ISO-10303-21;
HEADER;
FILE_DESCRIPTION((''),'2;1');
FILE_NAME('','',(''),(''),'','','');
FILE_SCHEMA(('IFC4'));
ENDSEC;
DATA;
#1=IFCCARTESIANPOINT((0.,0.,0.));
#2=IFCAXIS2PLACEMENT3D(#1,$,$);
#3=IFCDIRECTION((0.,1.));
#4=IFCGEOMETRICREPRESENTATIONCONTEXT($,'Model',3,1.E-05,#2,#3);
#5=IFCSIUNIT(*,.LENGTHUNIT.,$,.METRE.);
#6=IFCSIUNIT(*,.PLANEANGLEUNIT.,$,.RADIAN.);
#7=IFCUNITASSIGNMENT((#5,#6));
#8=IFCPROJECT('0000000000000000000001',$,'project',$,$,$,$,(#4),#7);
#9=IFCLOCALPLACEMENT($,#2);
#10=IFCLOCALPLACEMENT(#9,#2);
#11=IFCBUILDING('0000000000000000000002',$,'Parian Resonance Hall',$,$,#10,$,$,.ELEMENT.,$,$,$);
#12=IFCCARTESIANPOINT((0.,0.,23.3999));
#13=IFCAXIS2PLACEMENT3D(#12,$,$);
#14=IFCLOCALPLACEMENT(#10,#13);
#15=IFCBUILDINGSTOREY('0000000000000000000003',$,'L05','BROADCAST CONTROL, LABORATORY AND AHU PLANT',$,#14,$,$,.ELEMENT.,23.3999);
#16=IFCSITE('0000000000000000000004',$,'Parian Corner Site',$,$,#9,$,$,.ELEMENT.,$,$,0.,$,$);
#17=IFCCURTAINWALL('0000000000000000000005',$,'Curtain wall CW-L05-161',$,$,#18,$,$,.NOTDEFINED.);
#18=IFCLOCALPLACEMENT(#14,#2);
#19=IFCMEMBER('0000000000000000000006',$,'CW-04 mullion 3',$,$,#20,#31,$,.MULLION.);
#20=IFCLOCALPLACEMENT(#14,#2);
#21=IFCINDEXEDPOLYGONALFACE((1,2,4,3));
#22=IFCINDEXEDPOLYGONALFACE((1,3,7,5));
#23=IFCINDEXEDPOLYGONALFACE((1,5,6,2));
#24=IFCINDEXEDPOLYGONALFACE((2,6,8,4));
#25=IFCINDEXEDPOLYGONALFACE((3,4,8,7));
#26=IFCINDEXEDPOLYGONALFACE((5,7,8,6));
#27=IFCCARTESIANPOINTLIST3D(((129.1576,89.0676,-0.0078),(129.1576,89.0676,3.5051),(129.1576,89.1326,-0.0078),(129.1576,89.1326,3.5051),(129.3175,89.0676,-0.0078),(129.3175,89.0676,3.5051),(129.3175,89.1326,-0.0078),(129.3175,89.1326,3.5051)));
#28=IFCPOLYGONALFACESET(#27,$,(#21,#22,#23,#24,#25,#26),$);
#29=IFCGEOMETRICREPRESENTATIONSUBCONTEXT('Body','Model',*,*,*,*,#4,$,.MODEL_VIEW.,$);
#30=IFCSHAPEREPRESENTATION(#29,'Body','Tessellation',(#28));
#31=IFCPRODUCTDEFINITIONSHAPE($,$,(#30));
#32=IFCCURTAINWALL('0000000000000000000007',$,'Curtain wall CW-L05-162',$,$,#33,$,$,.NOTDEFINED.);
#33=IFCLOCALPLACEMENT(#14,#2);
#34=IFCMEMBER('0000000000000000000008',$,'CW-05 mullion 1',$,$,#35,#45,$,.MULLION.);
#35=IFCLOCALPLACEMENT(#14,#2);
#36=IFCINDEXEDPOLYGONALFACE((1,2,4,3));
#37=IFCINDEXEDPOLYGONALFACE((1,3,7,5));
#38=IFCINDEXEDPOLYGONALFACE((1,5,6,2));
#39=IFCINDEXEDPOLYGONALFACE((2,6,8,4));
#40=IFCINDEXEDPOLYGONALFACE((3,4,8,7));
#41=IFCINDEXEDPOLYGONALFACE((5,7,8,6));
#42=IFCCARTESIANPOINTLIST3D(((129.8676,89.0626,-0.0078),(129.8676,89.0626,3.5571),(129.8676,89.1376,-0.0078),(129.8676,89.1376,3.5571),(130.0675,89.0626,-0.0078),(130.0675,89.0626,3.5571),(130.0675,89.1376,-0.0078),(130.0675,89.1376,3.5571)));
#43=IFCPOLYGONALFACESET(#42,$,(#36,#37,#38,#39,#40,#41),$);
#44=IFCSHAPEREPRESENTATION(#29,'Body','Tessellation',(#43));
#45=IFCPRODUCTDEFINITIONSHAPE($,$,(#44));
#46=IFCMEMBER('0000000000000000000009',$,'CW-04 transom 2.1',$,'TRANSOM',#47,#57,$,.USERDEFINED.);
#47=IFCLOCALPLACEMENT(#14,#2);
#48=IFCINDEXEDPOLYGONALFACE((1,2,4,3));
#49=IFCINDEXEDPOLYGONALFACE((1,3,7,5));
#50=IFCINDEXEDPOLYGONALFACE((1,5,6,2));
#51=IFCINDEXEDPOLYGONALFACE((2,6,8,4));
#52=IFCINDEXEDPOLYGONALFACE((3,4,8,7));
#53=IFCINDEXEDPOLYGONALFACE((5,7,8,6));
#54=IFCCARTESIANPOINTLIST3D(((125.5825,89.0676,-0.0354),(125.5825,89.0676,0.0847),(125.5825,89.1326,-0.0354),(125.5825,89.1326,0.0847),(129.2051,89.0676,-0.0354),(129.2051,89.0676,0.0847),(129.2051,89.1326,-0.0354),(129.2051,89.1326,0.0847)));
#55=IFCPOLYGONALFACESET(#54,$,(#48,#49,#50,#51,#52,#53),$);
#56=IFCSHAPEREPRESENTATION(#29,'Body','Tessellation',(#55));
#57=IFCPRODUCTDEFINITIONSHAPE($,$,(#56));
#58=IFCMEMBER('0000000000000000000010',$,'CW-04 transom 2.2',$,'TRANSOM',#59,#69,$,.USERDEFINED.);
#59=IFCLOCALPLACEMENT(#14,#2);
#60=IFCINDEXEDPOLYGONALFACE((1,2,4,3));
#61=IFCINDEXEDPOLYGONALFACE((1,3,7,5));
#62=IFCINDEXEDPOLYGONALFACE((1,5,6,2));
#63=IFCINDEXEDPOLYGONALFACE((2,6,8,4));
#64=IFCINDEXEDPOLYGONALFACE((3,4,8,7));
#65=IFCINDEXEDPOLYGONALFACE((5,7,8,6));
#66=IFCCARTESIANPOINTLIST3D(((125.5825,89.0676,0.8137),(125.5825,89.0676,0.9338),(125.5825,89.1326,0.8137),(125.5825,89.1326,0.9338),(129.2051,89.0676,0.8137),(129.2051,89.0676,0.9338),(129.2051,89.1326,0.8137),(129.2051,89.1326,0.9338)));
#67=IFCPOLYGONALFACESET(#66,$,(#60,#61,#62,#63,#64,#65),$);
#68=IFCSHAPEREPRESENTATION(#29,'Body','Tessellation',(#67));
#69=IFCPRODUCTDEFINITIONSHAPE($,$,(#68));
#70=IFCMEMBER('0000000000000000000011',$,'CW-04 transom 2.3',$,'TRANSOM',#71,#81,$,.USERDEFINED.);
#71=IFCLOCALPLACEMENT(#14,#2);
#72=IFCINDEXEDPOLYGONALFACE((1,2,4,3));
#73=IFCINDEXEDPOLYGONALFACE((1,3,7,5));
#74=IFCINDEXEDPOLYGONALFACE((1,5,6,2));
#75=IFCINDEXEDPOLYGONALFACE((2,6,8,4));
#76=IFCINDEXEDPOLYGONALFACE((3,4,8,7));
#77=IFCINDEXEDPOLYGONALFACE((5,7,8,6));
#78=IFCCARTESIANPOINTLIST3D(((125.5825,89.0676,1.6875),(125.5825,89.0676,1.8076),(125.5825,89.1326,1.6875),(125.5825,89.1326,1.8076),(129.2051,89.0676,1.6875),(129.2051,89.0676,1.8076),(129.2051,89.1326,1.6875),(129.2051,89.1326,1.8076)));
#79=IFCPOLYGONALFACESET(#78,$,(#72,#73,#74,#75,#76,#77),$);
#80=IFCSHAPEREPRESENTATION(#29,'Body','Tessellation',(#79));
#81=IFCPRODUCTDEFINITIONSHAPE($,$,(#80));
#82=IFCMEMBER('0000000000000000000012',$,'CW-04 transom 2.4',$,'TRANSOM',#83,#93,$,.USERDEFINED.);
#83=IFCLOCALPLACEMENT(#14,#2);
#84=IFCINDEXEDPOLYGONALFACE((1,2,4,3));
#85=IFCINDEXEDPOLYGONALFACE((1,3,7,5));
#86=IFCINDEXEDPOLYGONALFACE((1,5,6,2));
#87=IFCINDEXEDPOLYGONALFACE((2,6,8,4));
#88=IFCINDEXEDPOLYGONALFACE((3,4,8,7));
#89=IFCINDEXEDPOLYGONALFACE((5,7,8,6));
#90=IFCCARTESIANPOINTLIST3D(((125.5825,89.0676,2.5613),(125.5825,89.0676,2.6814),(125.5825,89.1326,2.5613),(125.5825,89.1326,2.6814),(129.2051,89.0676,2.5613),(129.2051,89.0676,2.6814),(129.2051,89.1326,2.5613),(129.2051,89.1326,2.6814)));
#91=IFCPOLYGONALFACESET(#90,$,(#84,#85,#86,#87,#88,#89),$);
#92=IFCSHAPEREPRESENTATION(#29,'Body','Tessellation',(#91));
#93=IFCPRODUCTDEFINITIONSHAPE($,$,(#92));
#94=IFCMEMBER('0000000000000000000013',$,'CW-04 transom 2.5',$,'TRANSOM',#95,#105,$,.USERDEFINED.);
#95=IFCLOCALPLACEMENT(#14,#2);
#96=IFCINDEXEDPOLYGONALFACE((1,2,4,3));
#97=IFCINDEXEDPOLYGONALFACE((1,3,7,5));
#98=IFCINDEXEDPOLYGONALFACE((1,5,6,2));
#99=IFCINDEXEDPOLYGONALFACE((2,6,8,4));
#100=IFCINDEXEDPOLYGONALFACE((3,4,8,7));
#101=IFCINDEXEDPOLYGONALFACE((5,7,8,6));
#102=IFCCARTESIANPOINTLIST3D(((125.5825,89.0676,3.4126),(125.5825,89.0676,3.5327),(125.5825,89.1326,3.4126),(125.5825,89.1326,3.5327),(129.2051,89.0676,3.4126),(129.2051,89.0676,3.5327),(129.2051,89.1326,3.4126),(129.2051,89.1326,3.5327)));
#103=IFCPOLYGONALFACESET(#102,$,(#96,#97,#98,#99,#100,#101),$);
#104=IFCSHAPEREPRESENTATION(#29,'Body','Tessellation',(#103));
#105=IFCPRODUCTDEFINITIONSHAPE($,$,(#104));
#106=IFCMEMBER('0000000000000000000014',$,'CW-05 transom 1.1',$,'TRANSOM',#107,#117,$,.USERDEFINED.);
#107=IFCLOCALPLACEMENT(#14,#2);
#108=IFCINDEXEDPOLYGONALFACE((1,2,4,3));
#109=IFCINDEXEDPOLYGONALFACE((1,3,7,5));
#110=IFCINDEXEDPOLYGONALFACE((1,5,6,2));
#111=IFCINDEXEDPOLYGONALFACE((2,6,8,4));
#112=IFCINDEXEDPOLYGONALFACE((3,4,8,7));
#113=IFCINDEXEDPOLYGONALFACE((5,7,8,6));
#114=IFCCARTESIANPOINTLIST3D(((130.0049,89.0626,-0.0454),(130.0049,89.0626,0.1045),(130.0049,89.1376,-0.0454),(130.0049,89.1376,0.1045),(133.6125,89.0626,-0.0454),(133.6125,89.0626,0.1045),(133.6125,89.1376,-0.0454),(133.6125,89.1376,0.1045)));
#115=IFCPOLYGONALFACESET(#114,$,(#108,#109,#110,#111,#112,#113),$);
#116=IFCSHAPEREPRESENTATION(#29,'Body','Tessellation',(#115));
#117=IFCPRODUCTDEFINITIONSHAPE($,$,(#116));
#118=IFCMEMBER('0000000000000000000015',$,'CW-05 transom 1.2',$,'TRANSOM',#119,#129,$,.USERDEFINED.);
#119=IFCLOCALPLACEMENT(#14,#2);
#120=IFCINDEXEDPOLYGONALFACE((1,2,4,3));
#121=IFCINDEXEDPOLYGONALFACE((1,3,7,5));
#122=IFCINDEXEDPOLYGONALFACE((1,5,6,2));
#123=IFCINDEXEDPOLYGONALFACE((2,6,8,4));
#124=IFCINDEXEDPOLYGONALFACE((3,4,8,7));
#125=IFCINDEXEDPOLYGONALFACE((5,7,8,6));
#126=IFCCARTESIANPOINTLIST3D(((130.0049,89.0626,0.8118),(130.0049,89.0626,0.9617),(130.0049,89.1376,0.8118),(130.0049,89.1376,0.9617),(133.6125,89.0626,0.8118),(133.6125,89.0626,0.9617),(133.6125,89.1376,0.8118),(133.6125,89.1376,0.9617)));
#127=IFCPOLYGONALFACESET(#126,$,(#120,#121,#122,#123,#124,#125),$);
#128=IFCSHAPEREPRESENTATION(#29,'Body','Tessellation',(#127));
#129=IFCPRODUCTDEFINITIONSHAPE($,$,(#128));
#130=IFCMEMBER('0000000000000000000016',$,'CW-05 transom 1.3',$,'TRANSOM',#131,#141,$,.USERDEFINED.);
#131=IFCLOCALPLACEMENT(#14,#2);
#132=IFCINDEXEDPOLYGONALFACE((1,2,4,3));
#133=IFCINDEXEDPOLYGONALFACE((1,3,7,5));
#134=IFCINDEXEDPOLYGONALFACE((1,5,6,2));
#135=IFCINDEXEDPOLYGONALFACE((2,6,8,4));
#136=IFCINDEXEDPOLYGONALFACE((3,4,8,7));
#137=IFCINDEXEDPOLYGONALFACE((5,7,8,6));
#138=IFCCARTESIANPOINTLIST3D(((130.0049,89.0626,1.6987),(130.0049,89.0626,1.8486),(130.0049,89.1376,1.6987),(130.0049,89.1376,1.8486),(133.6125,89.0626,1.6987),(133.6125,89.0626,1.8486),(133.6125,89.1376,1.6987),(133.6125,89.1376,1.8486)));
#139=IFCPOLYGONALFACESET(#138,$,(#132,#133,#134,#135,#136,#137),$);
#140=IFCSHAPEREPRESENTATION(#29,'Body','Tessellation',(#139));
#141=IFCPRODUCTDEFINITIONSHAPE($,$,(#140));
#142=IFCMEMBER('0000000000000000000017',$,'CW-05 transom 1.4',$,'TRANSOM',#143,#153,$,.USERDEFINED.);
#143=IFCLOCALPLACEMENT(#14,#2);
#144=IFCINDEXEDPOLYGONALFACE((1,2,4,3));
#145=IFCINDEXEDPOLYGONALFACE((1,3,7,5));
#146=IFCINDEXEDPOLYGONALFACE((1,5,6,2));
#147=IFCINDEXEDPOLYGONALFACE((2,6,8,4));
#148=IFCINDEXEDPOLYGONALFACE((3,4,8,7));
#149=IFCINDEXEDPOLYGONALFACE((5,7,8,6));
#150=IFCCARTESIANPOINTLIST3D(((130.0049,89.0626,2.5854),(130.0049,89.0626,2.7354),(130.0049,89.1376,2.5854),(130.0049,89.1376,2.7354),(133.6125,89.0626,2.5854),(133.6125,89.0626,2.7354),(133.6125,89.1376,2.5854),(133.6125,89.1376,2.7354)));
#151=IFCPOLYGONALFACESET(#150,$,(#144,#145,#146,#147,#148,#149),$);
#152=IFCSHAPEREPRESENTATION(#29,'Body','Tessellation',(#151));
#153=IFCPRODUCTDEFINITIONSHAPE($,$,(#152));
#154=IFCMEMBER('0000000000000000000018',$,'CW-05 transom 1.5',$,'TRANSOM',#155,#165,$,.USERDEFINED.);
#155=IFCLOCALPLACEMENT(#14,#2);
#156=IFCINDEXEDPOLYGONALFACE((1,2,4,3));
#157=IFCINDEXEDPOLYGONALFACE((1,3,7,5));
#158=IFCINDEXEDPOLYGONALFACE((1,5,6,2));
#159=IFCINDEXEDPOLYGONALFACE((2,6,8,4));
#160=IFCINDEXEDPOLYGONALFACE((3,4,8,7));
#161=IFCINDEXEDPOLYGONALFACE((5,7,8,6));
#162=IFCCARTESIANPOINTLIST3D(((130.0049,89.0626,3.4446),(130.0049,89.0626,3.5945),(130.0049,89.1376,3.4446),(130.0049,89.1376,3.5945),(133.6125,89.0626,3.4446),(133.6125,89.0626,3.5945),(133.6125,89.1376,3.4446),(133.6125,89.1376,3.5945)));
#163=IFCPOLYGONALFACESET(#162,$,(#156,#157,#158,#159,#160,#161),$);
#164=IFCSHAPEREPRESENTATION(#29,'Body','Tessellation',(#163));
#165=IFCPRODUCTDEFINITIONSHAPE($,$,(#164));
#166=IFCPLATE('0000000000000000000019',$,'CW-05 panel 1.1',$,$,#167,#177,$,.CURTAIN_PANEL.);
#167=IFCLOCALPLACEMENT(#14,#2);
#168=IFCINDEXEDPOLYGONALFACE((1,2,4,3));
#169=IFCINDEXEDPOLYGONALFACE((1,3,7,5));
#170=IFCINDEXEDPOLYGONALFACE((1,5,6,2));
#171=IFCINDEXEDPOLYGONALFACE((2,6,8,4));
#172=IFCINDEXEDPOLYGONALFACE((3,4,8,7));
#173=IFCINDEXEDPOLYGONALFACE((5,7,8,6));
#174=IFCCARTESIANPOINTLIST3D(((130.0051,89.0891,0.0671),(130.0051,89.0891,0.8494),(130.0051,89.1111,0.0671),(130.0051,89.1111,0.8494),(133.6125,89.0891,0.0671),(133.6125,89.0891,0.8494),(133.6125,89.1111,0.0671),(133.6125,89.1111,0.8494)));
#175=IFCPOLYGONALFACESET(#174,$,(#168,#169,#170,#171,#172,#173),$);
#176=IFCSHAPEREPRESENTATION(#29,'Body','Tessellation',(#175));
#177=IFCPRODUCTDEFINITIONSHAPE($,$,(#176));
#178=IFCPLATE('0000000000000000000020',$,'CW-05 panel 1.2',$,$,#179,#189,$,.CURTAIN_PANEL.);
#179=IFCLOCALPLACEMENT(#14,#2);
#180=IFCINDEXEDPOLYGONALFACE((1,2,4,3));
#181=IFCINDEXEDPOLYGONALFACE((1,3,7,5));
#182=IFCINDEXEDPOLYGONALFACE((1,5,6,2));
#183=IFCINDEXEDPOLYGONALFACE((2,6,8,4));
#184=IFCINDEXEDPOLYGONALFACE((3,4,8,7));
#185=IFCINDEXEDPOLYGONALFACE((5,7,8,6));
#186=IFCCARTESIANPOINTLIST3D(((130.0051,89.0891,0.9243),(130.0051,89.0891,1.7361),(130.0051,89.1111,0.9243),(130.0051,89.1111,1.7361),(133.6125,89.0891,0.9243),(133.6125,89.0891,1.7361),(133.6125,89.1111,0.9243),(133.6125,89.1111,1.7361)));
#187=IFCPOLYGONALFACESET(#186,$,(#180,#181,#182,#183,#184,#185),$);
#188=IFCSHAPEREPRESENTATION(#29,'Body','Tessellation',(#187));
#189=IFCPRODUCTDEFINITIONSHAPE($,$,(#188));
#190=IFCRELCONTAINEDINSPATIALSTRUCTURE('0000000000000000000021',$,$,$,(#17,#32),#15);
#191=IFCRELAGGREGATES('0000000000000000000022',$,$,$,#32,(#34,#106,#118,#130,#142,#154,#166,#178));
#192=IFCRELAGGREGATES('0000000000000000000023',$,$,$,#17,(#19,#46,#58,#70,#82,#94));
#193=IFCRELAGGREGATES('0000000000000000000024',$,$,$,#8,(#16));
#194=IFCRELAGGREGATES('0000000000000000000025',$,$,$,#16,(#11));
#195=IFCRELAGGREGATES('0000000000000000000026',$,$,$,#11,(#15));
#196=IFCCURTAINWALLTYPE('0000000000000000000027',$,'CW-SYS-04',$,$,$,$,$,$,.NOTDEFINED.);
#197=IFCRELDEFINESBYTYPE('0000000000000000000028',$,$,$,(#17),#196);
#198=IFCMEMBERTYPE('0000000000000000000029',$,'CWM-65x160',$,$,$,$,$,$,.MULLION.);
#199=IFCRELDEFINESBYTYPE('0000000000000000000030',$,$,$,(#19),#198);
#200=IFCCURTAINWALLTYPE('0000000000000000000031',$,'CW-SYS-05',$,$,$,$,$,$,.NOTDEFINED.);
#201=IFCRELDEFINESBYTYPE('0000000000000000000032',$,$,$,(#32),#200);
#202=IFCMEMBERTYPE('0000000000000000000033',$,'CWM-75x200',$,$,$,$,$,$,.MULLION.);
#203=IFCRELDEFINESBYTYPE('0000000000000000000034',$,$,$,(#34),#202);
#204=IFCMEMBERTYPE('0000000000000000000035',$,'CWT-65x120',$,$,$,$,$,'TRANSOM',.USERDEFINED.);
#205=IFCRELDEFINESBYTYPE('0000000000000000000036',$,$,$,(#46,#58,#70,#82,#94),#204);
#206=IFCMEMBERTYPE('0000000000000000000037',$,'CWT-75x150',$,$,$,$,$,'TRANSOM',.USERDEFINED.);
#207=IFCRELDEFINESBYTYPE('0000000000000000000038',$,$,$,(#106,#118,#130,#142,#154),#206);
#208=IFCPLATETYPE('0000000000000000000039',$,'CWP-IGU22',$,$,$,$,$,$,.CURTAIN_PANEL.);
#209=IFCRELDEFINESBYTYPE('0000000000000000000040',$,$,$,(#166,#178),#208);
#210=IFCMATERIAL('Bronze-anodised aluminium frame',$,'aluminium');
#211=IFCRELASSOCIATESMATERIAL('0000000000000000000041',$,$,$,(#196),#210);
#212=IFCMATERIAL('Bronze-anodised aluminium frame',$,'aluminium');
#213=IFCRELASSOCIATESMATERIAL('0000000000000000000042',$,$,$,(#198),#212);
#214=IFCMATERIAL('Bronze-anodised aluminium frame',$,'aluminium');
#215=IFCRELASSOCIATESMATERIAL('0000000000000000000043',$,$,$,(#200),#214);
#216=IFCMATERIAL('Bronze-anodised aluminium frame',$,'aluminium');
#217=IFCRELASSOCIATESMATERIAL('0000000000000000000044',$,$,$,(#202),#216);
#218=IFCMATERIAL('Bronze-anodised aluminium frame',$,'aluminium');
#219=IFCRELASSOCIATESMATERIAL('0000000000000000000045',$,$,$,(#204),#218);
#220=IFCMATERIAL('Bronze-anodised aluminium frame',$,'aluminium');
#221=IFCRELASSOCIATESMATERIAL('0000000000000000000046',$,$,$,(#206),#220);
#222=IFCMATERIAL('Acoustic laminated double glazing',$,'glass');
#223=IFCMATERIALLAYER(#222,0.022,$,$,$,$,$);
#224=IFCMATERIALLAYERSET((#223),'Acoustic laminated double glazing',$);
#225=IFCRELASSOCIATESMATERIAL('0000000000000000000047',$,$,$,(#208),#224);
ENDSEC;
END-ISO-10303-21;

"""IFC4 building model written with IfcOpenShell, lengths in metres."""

from ifc_helpers import new_model, si_unit, direction, frame, origin, origin_2d, place, context, subcontext, project, spatial, rectangle, extrude, material, layer, layer_set, material_profile, profile_set, type_object, element, aggregate, save


model = new_model("IFC4")

# Units and contexts
model_context = context("Model", 3, precision=1e-05, world=origin(), true_north=direction((0.0, 1.0)))
body_context = subcontext(model_context, "Body", "Model", "MODEL_VIEW")
ifc_project = project(units=[si_unit("LENGTHUNIT", "METRE"), si_unit("PLANEANGLEUNIT", "RADIAN")], contexts=[model_context])

# Site, building, storey
site_placement = place(None, origin())
site = spatial("IfcSite", under=ifc_project, at=site_placement, Name="Parian Corner Site", CompositionType="ELEMENT", RefElevation=0.0)
building_placement = place(site_placement, origin())
building = spatial("IfcBuilding", under=site, at=building_placement, Name="Parian Resonance Hall", CompositionType="ELEMENT")
storey_placement = place(building_placement, frame((0.0, 0.0, 23.3999)))
storey = spatial("IfcBuildingStorey", under=building, at=storey_placement, Name="L05", Description="BROADCAST CONTROL, LABORATORY AND AHU PLANT", CompositionType="ELEMENT", Elevation=23.3999)

# Curtain wall, member
ifc_material_1 = material(Name="Bronze-anodised aluminium frame", Category="aluminium")
curtain_wall_type_1 = type_object("IfcCurtainWallType", Name="CW-SYS-04", PredefinedType="NOTDEFINED", material=ifc_material_1)
curtain_wall_1_placement = place(storey_placement, origin())
curtain_wall_1 = element("IfcCurtainWall", 1, at=curtain_wall_1_placement, inside=storey, type_object=curtain_wall_type_1, Name="Curtain wall CW-L05-161", PredefinedType="NOTDEFINED")
ifc_material_2 = material(Name="Bronze-anodised aluminium frame", Category="aluminium")
ifc_material_profile_1 = material_profile(ifc_material_2, rectangle(XDim=0.0649, YDim=0.1599, at=origin_2d()), Name="CWM-65x160")
ifc_profile_set_1 = profile_set([ifc_material_profile_1], Name="Bronze-anodised aluminium frame")
member_type_1 = type_object("IfcMemberType", Name="CWM-65x160", PredefinedType="MULLION", material=ifc_profile_set_1)
member_1_placement = place(storey_placement, frame((129.2375, 89.1001, -0.0078), z_axis=(0.0, 0.0, 1.0), x_axis=(0.0, 1.0, 0.0)))
member_1 = element("IfcMember", 2, at=member_1_placement, type_object=member_type_1, Name="CW-04 mullion 3", PredefinedType="MULLION", context=body_context, shape_type="SweptSolid", body=[
    extrude(rectangle(XDim=0.0649, YDim=0.1599, at=origin_2d()), origin(), (0.0, 0.0, 1.0), 3.5129),
])

# Curtain wall, member
ifc_material_3 = material(Name="Bronze-anodised aluminium frame", Category="aluminium")
curtain_wall_type_2 = type_object("IfcCurtainWallType", Name="CW-SYS-05", PredefinedType="NOTDEFINED", material=ifc_material_3)
curtain_wall_2_placement = place(storey_placement, origin())
curtain_wall_2 = element("IfcCurtainWall", 3, at=curtain_wall_2_placement, inside=storey, type_object=curtain_wall_type_2, Name="Curtain wall CW-L05-162", PredefinedType="NOTDEFINED")
ifc_material_4 = material(Name="Bronze-anodised aluminium frame", Category="aluminium")
ifc_material_profile_2 = material_profile(ifc_material_4, rectangle(XDim=0.075, YDim=0.2, at=origin_2d()), Name="CWM-75x200")
ifc_profile_set_2 = profile_set([ifc_material_profile_2], Name="Bronze-anodised aluminium frame")
member_type_2 = type_object("IfcMemberType", Name="CWM-75x200", PredefinedType="MULLION", material=ifc_profile_set_2)
member_2_placement = place(storey_placement, frame((129.9675, 89.1001, -0.0078), z_axis=(0.0, 0.0, 1.0), x_axis=(0.0, 1.0, 0.0)))
member_2 = element("IfcMember", 4, at=member_2_placement, type_object=member_type_2, Name="CW-05 mullion 1", PredefinedType="MULLION", context=body_context, shape_type="SweptSolid", body=[
    extrude(rectangle(XDim=0.075, YDim=0.2, at=origin_2d()), origin(), (0.0, 0.0, 1.0), 3.5649),
])

# Members
ifc_material_5 = material(Name="Bronze-anodised aluminium frame", Category="aluminium")
ifc_material_profile_3 = material_profile(ifc_material_5, rectangle(XDim=0.0649, YDim=0.1201, at=origin_2d()), Name="CWT-65x120")
ifc_profile_set_3 = profile_set([ifc_material_profile_3], Name="Bronze-anodised aluminium frame")
member_type_3 = type_object("IfcMemberType", Name="CWT-65x120", ElementType="TRANSOM", PredefinedType="USERDEFINED", material=ifc_profile_set_3)
member_3_placement = place(storey_placement, frame((125.5825, 89.1001, 0.0247), z_axis=(1.0, 0.0, 0.0), x_axis=(0.0, 1.0, 0.0)))
member_3 = element("IfcMember", 5, at=member_3_placement, type_object=member_type_3, Name="CW-04 transom 2.1", ObjectType="TRANSOM", PredefinedType="USERDEFINED", context=body_context, shape_type="SweptSolid", body=[
    extrude(rectangle(XDim=0.0649, YDim=0.1201, at=origin_2d()), origin(), (0.0, 0.0, 1.0), 3.6226),
])
member_4_placement = place(storey_placement, frame((125.5825, 89.1001, 0.8738), z_axis=(1.0, 0.0, 0.0), x_axis=(0.0, 1.0, 0.0)))
member_4 = element("IfcMember", 6, at=member_4_placement, type_object=member_type_3, Name="CW-04 transom 2.2", ObjectType="TRANSOM", PredefinedType="USERDEFINED", context=body_context, shape_type="SweptSolid", body=[
    extrude(rectangle(XDim=0.0649, YDim=0.1201, at=origin_2d()), origin(), (0.0, 0.0, 1.0), 3.6226),
])
member_5_placement = place(storey_placement, frame((125.5825, 89.1001, 1.7476), z_axis=(1.0, 0.0, 0.0), x_axis=(0.0, 1.0, 0.0)))
member_5 = element("IfcMember", 7, at=member_5_placement, type_object=member_type_3, Name="CW-04 transom 2.3", ObjectType="TRANSOM", PredefinedType="USERDEFINED", context=body_context, shape_type="SweptSolid", body=[
    extrude(rectangle(XDim=0.0649, YDim=0.1201, at=origin_2d()), origin(), (0.0, 0.0, 1.0), 3.6226),
])
member_6_placement = place(storey_placement, frame((125.5825, 89.1001, 2.6213), z_axis=(1.0, 0.0, 0.0), x_axis=(0.0, 1.0, 0.0)))
member_6 = element("IfcMember", 8, at=member_6_placement, type_object=member_type_3, Name="CW-04 transom 2.4", ObjectType="TRANSOM", PredefinedType="USERDEFINED", context=body_context, shape_type="SweptSolid", body=[
    extrude(rectangle(XDim=0.0649, YDim=0.1201, at=origin_2d()), origin(), (0.0, 0.0, 1.0), 3.6226),
])
member_7_placement = place(storey_placement, frame((125.5825, 89.1001, 3.4727), z_axis=(1.0, 0.0, 0.0), x_axis=(0.0, 1.0, 0.0)))
member_7 = element("IfcMember", 9, at=member_7_placement, type_object=member_type_3, Name="CW-04 transom 2.5", ObjectType="TRANSOM", PredefinedType="USERDEFINED", context=body_context, shape_type="SweptSolid", body=[
    extrude(rectangle(XDim=0.0649, YDim=0.1201, at=origin_2d()), origin(), (0.0, 0.0, 1.0), 3.6226),
])
ifc_material_6 = material(Name="Bronze-anodised aluminium frame", Category="aluminium")
ifc_material_profile_4 = material_profile(ifc_material_6, rectangle(XDim=0.075, YDim=0.1499, at=origin_2d()), Name="CWT-75x150")
ifc_profile_set_4 = profile_set([ifc_material_profile_4], Name="Bronze-anodised aluminium frame")
member_type_4 = type_object("IfcMemberType", Name="CWT-75x150", ElementType="TRANSOM", PredefinedType="USERDEFINED", material=ifc_profile_set_4)
member_8_placement = place(storey_placement, frame((130.0049, 89.1001, 0.0295), z_axis=(1.0, 0.0, 0.0), x_axis=(0.0, 1.0, 0.0)))
member_8 = element("IfcMember", 10, at=member_8_placement, type_object=member_type_4, Name="CW-05 transom 1.1", ObjectType="TRANSOM", PredefinedType="USERDEFINED", context=body_context, shape_type="SweptSolid", body=[
    extrude(rectangle(XDim=0.075, YDim=0.1499, at=origin_2d()), origin(), (0.0, 0.0, 1.0), 3.6077),
])
member_9_placement = place(storey_placement, frame((130.0049, 89.1001, 0.8867), z_axis=(1.0, 0.0, 0.0), x_axis=(0.0, 1.0, 0.0)))
member_9 = element("IfcMember", 11, at=member_9_placement, type_object=member_type_4, Name="CW-05 transom 1.2", ObjectType="TRANSOM", PredefinedType="USERDEFINED", context=body_context, shape_type="SweptSolid", body=[
    extrude(rectangle(XDim=0.075, YDim=0.1499, at=origin_2d()), origin(), (0.0, 0.0, 1.0), 3.6077),
])
member_10_placement = place(storey_placement, frame((130.0049, 89.1001, 1.7737), z_axis=(1.0, 0.0, 0.0), x_axis=(0.0, 1.0, 0.0)))
member_10 = element("IfcMember", 12, at=member_10_placement, type_object=member_type_4, Name="CW-05 transom 1.3", ObjectType="TRANSOM", PredefinedType="USERDEFINED", context=body_context, shape_type="SweptSolid", body=[
    extrude(rectangle(XDim=0.075, YDim=0.1499, at=origin_2d()), origin(), (0.0, 0.0, 1.0), 3.6077),
])
member_11_placement = place(storey_placement, frame((130.0049, 89.1001, 2.6604), z_axis=(1.0, 0.0, 0.0), x_axis=(0.0, 1.0, 0.0)))
member_11 = element("IfcMember", 13, at=member_11_placement, type_object=member_type_4, Name="CW-05 transom 1.4", ObjectType="TRANSOM", PredefinedType="USERDEFINED", context=body_context, shape_type="SweptSolid", body=[
    extrude(rectangle(XDim=0.075, YDim=0.1499, at=origin_2d()), origin(), (0.0, 0.0, 1.0), 3.6077),
])
member_12_placement = place(storey_placement, frame((130.0049, 89.1001, 3.5195), z_axis=(1.0, 0.0, 0.0), x_axis=(0.0, 1.0, 0.0)))
member_12 = element("IfcMember", 14, at=member_12_placement, type_object=member_type_4, Name="CW-05 transom 1.5", ObjectType="TRANSOM", PredefinedType="USERDEFINED", context=body_context, shape_type="SweptSolid", body=[
    extrude(rectangle(XDim=0.075, YDim=0.1499, at=origin_2d()), origin(), (0.0, 0.0, 1.0), 3.6077),
])

# Plates
ifc_material_7 = material(Name="Acoustic laminated double glazing", Category="glass")
ifc_layer_1 = layer(ifc_material_7, 0.022)
ifc_layer_set_1 = layer_set([ifc_layer_1], Name="Acoustic laminated double glazing")
plate_type_1 = type_object("IfcPlateType", Name="CWP-IGU22", PredefinedType="CURTAIN_PANEL", material=ifc_layer_set_1)
plate_1_placement = place(storey_placement, frame((131.8088, 89.1001, 0.0671), z_axis=(0.0, 0.0, 1.0), x_axis=(1.0, 0.0, 0.0)))
plate_1 = element("IfcPlate", 15, at=plate_1_placement, type_object=plate_type_1, Name="CW-05 panel 1.1", PredefinedType="CURTAIN_PANEL", context=body_context, shape_type="SweptSolid", body=[
    extrude(rectangle(XDim=3.6074, YDim=0.022, at=origin_2d()), origin(), (0.0, 0.0, 1.0), 0.7822),
])
plate_2_placement = place(storey_placement, frame((131.8088, 89.1001, 0.9243), z_axis=(0.0, 0.0, 1.0), x_axis=(1.0, 0.0, 0.0)))
plate_2 = element("IfcPlate", 16, at=plate_2_placement, type_object=plate_type_1, Name="CW-05 panel 1.2", PredefinedType="CURTAIN_PANEL", context=body_context, shape_type="SweptSolid", body=[
    extrude(rectangle(XDim=3.6074, YDim=0.022, at=origin_2d()), origin(), (0.0, 0.0, 1.0), 0.8118),
])
aggregate(curtain_wall_2, [member_2, member_8, member_9, member_10, member_11, member_12, plate_1, plate_2])
aggregate(curtain_wall_1, [member_1, member_3, member_4, member_5, member_6, member_7])

save(model, "model.ifc")
